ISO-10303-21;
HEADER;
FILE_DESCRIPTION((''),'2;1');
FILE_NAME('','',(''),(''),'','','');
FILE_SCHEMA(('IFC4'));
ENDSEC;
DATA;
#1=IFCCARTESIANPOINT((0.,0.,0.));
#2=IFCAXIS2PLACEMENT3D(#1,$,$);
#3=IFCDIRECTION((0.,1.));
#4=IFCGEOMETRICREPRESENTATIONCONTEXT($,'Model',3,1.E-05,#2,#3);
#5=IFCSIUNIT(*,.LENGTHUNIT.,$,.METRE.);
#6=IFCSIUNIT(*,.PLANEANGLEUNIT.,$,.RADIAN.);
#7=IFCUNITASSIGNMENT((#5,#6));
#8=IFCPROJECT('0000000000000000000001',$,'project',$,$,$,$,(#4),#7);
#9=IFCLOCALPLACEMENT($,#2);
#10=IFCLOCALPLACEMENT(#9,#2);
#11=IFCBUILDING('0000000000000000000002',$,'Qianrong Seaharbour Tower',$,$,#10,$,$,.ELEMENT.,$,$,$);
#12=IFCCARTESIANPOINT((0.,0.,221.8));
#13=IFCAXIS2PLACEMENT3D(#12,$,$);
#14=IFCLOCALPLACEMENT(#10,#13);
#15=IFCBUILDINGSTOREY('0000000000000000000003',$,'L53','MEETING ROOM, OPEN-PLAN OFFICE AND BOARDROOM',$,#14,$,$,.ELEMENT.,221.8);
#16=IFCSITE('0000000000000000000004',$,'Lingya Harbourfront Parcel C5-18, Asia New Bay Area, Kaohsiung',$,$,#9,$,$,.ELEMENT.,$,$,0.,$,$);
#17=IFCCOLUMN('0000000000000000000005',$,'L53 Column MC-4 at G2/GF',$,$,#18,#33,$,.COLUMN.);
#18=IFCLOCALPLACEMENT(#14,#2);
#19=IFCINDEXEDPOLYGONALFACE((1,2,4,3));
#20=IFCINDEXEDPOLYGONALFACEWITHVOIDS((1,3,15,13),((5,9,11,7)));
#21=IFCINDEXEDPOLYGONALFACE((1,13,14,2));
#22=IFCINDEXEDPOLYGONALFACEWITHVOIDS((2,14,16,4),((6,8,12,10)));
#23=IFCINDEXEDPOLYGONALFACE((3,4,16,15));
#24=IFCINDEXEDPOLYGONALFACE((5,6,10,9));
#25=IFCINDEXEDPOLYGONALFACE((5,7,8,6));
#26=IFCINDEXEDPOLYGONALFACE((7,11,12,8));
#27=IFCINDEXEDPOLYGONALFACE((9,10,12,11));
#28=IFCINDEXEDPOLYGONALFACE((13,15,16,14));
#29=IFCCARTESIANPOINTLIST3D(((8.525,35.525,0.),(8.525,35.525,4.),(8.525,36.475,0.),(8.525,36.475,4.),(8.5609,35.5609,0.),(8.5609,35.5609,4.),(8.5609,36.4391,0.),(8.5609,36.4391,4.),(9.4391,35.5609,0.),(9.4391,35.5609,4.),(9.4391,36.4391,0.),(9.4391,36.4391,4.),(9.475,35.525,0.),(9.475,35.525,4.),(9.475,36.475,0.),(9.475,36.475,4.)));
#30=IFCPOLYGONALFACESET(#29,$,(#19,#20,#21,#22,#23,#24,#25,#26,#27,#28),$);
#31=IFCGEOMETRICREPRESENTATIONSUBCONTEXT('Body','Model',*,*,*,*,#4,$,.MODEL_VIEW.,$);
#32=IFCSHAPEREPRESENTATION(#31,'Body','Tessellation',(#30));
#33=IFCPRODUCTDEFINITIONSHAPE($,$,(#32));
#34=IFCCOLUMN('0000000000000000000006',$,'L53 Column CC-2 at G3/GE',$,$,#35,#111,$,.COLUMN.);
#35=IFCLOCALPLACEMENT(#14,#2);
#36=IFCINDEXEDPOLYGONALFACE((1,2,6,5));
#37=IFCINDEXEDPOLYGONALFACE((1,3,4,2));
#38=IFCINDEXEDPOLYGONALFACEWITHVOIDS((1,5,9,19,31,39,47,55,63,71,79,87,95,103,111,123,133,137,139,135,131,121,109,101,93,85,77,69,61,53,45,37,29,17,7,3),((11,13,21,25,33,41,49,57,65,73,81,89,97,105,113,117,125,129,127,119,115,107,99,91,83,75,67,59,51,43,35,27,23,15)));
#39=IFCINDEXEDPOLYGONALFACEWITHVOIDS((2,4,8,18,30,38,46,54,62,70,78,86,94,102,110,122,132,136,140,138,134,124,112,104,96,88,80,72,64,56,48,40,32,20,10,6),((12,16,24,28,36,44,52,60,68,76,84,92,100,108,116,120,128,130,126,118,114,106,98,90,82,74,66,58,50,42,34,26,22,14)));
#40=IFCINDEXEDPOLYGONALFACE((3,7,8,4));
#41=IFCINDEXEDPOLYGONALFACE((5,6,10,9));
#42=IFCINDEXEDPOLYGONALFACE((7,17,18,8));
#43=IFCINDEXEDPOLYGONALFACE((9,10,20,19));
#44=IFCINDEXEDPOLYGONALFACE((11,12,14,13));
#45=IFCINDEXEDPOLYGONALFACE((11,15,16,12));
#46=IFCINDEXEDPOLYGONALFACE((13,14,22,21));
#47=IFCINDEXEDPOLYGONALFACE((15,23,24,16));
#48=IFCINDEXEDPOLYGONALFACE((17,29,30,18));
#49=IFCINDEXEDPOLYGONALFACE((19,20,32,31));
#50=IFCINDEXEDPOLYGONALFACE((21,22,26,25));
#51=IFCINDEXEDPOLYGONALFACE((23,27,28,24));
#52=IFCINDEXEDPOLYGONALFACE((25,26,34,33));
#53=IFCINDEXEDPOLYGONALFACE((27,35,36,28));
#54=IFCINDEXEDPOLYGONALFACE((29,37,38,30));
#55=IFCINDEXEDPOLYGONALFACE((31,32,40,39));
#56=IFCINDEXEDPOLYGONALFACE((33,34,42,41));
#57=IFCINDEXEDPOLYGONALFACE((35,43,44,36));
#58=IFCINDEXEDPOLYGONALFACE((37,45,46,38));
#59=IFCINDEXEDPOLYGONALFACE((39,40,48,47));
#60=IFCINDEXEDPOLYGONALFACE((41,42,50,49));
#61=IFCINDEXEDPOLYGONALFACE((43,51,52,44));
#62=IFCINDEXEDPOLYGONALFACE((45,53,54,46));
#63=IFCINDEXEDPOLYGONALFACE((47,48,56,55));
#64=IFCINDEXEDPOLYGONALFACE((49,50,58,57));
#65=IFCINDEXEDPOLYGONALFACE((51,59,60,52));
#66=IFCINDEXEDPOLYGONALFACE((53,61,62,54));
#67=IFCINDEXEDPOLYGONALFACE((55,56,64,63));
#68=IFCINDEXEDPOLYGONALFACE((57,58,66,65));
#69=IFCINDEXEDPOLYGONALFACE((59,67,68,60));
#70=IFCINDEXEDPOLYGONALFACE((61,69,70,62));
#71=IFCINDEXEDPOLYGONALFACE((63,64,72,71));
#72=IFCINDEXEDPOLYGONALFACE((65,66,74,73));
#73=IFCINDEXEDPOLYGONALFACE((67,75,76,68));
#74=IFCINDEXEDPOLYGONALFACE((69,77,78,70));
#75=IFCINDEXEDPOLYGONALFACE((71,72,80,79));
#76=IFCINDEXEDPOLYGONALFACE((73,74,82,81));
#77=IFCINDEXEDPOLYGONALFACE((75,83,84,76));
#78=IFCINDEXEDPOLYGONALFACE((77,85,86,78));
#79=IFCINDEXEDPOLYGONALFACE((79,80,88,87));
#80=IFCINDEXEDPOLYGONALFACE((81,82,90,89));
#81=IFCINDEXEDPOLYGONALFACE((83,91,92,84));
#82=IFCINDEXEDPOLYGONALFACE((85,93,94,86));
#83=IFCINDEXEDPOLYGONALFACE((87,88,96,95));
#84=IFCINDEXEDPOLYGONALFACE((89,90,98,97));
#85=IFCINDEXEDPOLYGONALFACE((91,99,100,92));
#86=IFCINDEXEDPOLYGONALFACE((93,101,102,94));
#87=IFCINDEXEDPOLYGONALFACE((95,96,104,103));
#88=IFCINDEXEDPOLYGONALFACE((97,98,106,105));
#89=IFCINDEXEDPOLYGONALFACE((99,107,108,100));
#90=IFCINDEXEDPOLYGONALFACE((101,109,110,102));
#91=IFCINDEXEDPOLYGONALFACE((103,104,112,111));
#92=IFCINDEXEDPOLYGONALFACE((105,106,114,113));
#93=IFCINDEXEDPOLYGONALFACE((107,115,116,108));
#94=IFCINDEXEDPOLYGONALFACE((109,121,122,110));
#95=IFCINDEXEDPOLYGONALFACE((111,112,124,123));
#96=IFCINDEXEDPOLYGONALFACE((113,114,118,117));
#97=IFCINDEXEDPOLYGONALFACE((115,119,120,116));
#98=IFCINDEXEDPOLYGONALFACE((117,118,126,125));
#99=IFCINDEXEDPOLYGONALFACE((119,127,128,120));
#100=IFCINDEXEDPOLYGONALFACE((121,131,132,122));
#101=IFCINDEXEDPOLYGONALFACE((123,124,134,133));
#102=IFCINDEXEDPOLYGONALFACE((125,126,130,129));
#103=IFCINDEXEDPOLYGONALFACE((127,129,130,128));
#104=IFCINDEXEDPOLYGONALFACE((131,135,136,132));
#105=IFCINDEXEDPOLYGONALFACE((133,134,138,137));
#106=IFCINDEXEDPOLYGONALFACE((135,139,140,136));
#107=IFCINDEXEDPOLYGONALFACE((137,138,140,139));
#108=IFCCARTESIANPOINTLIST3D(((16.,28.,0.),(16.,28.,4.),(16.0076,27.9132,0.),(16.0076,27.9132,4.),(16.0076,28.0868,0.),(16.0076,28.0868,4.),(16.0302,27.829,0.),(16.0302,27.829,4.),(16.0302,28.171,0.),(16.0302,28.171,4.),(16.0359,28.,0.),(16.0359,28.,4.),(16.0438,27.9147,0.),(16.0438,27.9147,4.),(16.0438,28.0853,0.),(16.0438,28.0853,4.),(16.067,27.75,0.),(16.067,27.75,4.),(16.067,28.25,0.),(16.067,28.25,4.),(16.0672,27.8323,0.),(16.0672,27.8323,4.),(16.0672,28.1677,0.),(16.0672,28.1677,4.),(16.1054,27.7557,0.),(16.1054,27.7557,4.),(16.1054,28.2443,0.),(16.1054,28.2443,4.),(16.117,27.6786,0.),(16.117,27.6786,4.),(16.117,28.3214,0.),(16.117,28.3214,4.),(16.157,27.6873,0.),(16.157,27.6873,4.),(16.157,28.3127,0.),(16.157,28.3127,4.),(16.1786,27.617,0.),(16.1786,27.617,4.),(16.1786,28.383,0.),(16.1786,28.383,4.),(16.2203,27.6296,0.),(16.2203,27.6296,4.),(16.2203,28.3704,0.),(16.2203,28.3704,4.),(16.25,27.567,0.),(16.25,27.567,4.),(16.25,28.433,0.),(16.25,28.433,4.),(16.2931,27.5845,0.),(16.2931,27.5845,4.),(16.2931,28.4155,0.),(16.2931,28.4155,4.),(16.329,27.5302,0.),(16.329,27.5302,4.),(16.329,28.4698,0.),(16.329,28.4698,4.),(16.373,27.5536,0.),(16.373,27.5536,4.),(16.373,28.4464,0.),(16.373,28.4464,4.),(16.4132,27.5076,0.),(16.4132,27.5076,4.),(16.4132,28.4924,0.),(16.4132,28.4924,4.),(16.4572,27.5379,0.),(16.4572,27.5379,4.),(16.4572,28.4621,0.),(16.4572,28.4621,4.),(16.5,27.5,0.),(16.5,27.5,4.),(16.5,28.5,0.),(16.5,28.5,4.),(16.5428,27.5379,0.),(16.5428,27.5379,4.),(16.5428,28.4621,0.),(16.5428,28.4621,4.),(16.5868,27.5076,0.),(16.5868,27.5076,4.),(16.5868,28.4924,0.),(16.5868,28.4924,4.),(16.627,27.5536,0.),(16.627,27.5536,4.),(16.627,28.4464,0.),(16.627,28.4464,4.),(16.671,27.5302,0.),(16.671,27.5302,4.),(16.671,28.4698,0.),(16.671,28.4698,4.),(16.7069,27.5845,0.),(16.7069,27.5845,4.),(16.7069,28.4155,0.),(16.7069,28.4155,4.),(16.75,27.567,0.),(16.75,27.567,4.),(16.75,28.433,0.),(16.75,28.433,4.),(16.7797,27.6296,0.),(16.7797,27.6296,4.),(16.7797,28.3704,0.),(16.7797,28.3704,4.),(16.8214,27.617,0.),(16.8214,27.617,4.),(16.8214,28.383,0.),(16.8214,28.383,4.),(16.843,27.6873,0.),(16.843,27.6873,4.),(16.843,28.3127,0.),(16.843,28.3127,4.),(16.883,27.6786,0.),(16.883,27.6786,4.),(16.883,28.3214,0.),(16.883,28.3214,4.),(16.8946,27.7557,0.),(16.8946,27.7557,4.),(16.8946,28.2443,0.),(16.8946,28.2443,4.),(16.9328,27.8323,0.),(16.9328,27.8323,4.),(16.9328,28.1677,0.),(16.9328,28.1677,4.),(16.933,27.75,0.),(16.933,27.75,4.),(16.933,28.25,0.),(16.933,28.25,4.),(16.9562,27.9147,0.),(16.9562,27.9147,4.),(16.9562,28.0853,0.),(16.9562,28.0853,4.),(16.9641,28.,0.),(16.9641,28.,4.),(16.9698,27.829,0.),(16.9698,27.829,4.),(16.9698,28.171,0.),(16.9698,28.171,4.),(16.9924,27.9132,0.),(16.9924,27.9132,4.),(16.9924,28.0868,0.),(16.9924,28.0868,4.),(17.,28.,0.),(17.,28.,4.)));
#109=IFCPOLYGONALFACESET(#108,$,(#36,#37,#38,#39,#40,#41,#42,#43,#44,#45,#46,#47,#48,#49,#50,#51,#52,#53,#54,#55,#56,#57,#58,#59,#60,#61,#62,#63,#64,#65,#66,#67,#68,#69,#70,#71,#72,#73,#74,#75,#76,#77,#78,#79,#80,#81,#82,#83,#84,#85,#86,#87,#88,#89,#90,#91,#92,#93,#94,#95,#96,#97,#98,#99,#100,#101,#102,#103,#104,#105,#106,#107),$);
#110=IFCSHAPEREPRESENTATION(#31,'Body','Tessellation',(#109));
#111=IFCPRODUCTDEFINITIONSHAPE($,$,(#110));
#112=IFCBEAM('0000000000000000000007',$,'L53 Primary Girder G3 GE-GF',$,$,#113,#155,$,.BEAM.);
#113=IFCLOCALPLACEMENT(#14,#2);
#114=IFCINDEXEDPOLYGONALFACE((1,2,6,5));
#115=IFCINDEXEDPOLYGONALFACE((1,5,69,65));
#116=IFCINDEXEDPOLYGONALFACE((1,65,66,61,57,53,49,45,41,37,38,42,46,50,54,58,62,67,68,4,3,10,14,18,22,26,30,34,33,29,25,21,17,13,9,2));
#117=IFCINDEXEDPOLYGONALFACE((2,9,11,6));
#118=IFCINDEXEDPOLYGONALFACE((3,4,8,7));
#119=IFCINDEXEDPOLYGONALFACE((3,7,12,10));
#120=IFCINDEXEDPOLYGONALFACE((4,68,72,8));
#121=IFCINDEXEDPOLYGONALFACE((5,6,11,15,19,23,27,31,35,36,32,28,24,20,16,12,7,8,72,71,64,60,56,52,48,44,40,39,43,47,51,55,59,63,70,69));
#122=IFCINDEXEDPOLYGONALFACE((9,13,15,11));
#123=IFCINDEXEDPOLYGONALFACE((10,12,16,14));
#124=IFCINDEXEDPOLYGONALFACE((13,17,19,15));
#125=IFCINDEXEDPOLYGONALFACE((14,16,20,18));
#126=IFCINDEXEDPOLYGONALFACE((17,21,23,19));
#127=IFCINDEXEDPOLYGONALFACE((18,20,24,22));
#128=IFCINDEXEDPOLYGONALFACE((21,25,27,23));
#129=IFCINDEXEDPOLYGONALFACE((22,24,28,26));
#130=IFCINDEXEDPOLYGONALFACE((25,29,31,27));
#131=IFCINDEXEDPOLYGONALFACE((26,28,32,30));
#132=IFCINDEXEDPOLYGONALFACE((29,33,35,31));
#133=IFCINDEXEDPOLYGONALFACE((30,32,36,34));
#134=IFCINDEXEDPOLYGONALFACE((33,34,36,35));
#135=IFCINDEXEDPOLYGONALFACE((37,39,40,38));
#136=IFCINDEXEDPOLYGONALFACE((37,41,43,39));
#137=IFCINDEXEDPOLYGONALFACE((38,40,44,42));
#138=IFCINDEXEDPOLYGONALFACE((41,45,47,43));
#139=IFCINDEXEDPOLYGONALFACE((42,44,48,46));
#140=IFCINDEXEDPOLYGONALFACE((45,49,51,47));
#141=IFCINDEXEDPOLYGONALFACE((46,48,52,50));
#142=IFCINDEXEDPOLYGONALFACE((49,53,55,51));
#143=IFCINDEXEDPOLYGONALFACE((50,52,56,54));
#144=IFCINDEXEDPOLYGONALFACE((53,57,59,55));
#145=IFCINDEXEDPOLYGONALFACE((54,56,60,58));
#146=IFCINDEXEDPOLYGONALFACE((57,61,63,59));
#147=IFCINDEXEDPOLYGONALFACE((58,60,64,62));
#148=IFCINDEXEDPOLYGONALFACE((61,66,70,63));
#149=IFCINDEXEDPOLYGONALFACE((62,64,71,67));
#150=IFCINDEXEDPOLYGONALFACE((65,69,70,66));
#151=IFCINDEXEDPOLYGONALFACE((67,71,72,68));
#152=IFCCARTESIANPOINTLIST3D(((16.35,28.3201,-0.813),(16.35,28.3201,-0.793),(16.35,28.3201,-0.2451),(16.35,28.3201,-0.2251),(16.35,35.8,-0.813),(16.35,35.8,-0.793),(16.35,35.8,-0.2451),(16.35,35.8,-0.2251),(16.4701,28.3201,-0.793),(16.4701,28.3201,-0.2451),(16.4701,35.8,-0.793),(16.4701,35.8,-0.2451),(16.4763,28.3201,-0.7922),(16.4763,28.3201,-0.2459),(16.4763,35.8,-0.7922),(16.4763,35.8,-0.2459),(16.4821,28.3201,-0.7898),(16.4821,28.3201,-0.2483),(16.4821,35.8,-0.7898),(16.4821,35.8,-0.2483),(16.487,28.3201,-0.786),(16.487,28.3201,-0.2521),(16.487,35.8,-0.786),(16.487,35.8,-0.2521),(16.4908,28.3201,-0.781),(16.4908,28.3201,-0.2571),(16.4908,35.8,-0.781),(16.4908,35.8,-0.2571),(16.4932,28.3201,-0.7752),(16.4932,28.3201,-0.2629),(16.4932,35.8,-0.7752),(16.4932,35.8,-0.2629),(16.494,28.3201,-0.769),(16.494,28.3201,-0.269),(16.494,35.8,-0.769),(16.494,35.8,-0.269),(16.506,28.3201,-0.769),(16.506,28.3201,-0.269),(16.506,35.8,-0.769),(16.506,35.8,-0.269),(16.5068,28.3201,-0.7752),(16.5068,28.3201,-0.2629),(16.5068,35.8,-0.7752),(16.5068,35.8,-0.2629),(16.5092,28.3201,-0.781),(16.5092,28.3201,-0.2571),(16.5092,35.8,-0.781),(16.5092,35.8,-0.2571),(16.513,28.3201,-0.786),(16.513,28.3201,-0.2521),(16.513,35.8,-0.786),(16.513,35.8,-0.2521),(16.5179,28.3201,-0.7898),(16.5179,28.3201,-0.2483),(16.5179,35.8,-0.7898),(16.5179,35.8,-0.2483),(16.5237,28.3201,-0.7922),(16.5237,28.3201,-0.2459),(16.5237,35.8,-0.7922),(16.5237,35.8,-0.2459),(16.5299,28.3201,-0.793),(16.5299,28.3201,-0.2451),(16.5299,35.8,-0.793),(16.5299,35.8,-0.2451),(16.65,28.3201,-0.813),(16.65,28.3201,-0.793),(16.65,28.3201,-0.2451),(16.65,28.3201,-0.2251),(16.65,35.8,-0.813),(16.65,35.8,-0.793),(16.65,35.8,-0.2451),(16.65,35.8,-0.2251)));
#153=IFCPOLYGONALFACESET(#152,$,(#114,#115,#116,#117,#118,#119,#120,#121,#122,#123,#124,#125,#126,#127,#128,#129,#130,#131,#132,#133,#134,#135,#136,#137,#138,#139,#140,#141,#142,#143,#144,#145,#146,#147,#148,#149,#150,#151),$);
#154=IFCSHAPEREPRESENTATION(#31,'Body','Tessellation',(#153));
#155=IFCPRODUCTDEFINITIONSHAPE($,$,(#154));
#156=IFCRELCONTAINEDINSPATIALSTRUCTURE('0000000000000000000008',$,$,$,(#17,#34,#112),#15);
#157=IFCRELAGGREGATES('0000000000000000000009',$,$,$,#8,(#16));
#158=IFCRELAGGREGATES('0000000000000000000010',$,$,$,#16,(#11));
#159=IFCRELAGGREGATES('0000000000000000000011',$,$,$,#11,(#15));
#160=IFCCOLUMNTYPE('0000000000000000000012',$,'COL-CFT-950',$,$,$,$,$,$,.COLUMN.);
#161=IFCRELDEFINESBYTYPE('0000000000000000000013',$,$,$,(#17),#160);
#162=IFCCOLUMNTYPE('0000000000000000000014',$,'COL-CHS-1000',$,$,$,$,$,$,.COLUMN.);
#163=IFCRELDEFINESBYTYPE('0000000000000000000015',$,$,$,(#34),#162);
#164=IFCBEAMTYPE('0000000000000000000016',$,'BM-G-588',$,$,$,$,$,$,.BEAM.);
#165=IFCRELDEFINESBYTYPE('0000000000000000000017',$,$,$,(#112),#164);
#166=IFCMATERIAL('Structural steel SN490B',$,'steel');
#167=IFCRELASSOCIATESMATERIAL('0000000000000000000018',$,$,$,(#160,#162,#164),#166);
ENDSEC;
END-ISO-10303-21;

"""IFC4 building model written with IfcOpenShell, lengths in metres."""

from ifc_helpers import new_model, si_unit, direction, frame, origin, origin_2d, place, context, subcontext, project, spatial, hollow_rectangle, hollow_circle, i_section, extrude, material, material_profile, profile_set, type_object, element, save


model = new_model("IFC4")

# Units and contexts
model_context = context("Model", 3, precision=1e-05, world=origin(), true_north=direction((0.0, 1.0)))
body_context = subcontext(model_context, "Body", "Model", "MODEL_VIEW")
ifc_project = project(units=[si_unit("LENGTHUNIT", "METRE"), si_unit("PLANEANGLEUNIT", "RADIAN")], contexts=[model_context])

# Site, building, storey
site_placement = place(None, origin())
site = spatial("IfcSite", under=ifc_project, at=site_placement, Name="Lingya Harbourfront Parcel C5-18, Asia New Bay Area, Kaohsiung", CompositionType="ELEMENT", RefElevation=0.0)
building_placement = place(site_placement, origin())
building = spatial("IfcBuilding", under=site, at=building_placement, Name="Qianrong Seaharbour Tower", CompositionType="ELEMENT")
storey_placement = place(building_placement, frame((0.0, 0.0, 221.8)))
storey = spatial("IfcBuildingStorey", under=building, at=storey_placement, Name="L53", Description="MEETING ROOM, OPEN-PLAN OFFICE AND BOARDROOM", CompositionType="ELEMENT", Elevation=221.8)

# Columns
ifc_material_1 = material(Name="Structural steel SN490B", Category="steel")
ifc_material_profile_1 = material_profile(ifc_material_1, hollow_rectangle(XDim=0.95, YDim=0.95, WallThickness=0.0359, at=origin_2d()), Name="BOX950x950x36")
ifc_profile_set_1 = profile_set([ifc_material_profile_1], Name="Structural steel SN490B")
column_type_1 = type_object("IfcColumnType", Name="COL-CFT-950", PredefinedType="COLUMN", material=ifc_profile_set_1)
column_1_placement = place(storey_placement, frame((9.0, 36.0, 0.0), z_axis=(0.0, 0.0, 1.0), x_axis=(1.0, 0.0, 0.0)))
element("IfcColumn", 1, at=column_1_placement, inside=storey, type_object=column_type_1, Name="L53 Column MC-4 at G2/GF", PredefinedType="COLUMN", context=body_context, shape_type="SweptSolid", body=[
    extrude(hollow_rectangle(XDim=0.95, YDim=0.95, WallThickness=0.0359, at=origin_2d()), origin(), (0.0, 0.0, 1.0), 4.0),
])
ifc_material_profile_2 = material_profile(ifc_material_1, hollow_circle(Radius=0.5, WallThickness=0.0359, at=origin_2d()), Name="CHS1000x36")
ifc_profile_set_2 = profile_set([ifc_material_profile_2], Name="Structural steel SN490B")
column_type_2 = type_object("IfcColumnType", Name="COL-CHS-1000", PredefinedType="COLUMN", material=ifc_profile_set_2)
column_2_placement = place(storey_placement, frame((16.5, 28.0, 0.0), z_axis=(0.0, 0.0, 1.0), x_axis=(1.0, 0.0, 0.0)))
element("IfcColumn", 2, at=column_2_placement, inside=storey, type_object=column_type_2, Name="L53 Column CC-2 at G3/GE", PredefinedType="COLUMN", context=body_context, shape_type="SweptSolid", body=[
    extrude(hollow_circle(Radius=0.5, WallThickness=0.0359, at=origin_2d()), origin(), (0.0, 0.0, 1.0), 4.0),
])

# Beam
ifc_material_profile_3 = material_profile(ifc_material_1, i_section(OverallWidth=0.3, OverallDepth=0.5879, WebThickness=0.012, FlangeThickness=0.02, FilletRadius=0.0239, at=origin_2d()), Name="H588x300x12x20")
ifc_profile_set_3 = profile_set([ifc_material_profile_3], Name="Structural steel SN490B")
beam_type_1 = type_object("IfcBeamType", Name="BM-G-588", PredefinedType="BEAM", material=ifc_profile_set_3)
beam_1_placement = place(storey_placement, frame((16.5, 28.3201, -0.519), z_axis=(0.0, 1.0, 0.0), x_axis=(-1.0, 0.0, 0.0)))
element("IfcBeam", 3, at=beam_1_placement, inside=storey, type_object=beam_type_1, Name="L53 Primary Girder G3 GE-GF", PredefinedType="BEAM", context=body_context, shape_type="SweptSolid", body=[
    extrude(i_section(OverallWidth=0.3, OverallDepth=0.5879, WebThickness=0.012, FlangeThickness=0.02, FilletRadius=0.0239, at=origin_2d()), origin(), (0.0, 0.0, 1.0), 7.48),
])

save(model, "model.ifc")
